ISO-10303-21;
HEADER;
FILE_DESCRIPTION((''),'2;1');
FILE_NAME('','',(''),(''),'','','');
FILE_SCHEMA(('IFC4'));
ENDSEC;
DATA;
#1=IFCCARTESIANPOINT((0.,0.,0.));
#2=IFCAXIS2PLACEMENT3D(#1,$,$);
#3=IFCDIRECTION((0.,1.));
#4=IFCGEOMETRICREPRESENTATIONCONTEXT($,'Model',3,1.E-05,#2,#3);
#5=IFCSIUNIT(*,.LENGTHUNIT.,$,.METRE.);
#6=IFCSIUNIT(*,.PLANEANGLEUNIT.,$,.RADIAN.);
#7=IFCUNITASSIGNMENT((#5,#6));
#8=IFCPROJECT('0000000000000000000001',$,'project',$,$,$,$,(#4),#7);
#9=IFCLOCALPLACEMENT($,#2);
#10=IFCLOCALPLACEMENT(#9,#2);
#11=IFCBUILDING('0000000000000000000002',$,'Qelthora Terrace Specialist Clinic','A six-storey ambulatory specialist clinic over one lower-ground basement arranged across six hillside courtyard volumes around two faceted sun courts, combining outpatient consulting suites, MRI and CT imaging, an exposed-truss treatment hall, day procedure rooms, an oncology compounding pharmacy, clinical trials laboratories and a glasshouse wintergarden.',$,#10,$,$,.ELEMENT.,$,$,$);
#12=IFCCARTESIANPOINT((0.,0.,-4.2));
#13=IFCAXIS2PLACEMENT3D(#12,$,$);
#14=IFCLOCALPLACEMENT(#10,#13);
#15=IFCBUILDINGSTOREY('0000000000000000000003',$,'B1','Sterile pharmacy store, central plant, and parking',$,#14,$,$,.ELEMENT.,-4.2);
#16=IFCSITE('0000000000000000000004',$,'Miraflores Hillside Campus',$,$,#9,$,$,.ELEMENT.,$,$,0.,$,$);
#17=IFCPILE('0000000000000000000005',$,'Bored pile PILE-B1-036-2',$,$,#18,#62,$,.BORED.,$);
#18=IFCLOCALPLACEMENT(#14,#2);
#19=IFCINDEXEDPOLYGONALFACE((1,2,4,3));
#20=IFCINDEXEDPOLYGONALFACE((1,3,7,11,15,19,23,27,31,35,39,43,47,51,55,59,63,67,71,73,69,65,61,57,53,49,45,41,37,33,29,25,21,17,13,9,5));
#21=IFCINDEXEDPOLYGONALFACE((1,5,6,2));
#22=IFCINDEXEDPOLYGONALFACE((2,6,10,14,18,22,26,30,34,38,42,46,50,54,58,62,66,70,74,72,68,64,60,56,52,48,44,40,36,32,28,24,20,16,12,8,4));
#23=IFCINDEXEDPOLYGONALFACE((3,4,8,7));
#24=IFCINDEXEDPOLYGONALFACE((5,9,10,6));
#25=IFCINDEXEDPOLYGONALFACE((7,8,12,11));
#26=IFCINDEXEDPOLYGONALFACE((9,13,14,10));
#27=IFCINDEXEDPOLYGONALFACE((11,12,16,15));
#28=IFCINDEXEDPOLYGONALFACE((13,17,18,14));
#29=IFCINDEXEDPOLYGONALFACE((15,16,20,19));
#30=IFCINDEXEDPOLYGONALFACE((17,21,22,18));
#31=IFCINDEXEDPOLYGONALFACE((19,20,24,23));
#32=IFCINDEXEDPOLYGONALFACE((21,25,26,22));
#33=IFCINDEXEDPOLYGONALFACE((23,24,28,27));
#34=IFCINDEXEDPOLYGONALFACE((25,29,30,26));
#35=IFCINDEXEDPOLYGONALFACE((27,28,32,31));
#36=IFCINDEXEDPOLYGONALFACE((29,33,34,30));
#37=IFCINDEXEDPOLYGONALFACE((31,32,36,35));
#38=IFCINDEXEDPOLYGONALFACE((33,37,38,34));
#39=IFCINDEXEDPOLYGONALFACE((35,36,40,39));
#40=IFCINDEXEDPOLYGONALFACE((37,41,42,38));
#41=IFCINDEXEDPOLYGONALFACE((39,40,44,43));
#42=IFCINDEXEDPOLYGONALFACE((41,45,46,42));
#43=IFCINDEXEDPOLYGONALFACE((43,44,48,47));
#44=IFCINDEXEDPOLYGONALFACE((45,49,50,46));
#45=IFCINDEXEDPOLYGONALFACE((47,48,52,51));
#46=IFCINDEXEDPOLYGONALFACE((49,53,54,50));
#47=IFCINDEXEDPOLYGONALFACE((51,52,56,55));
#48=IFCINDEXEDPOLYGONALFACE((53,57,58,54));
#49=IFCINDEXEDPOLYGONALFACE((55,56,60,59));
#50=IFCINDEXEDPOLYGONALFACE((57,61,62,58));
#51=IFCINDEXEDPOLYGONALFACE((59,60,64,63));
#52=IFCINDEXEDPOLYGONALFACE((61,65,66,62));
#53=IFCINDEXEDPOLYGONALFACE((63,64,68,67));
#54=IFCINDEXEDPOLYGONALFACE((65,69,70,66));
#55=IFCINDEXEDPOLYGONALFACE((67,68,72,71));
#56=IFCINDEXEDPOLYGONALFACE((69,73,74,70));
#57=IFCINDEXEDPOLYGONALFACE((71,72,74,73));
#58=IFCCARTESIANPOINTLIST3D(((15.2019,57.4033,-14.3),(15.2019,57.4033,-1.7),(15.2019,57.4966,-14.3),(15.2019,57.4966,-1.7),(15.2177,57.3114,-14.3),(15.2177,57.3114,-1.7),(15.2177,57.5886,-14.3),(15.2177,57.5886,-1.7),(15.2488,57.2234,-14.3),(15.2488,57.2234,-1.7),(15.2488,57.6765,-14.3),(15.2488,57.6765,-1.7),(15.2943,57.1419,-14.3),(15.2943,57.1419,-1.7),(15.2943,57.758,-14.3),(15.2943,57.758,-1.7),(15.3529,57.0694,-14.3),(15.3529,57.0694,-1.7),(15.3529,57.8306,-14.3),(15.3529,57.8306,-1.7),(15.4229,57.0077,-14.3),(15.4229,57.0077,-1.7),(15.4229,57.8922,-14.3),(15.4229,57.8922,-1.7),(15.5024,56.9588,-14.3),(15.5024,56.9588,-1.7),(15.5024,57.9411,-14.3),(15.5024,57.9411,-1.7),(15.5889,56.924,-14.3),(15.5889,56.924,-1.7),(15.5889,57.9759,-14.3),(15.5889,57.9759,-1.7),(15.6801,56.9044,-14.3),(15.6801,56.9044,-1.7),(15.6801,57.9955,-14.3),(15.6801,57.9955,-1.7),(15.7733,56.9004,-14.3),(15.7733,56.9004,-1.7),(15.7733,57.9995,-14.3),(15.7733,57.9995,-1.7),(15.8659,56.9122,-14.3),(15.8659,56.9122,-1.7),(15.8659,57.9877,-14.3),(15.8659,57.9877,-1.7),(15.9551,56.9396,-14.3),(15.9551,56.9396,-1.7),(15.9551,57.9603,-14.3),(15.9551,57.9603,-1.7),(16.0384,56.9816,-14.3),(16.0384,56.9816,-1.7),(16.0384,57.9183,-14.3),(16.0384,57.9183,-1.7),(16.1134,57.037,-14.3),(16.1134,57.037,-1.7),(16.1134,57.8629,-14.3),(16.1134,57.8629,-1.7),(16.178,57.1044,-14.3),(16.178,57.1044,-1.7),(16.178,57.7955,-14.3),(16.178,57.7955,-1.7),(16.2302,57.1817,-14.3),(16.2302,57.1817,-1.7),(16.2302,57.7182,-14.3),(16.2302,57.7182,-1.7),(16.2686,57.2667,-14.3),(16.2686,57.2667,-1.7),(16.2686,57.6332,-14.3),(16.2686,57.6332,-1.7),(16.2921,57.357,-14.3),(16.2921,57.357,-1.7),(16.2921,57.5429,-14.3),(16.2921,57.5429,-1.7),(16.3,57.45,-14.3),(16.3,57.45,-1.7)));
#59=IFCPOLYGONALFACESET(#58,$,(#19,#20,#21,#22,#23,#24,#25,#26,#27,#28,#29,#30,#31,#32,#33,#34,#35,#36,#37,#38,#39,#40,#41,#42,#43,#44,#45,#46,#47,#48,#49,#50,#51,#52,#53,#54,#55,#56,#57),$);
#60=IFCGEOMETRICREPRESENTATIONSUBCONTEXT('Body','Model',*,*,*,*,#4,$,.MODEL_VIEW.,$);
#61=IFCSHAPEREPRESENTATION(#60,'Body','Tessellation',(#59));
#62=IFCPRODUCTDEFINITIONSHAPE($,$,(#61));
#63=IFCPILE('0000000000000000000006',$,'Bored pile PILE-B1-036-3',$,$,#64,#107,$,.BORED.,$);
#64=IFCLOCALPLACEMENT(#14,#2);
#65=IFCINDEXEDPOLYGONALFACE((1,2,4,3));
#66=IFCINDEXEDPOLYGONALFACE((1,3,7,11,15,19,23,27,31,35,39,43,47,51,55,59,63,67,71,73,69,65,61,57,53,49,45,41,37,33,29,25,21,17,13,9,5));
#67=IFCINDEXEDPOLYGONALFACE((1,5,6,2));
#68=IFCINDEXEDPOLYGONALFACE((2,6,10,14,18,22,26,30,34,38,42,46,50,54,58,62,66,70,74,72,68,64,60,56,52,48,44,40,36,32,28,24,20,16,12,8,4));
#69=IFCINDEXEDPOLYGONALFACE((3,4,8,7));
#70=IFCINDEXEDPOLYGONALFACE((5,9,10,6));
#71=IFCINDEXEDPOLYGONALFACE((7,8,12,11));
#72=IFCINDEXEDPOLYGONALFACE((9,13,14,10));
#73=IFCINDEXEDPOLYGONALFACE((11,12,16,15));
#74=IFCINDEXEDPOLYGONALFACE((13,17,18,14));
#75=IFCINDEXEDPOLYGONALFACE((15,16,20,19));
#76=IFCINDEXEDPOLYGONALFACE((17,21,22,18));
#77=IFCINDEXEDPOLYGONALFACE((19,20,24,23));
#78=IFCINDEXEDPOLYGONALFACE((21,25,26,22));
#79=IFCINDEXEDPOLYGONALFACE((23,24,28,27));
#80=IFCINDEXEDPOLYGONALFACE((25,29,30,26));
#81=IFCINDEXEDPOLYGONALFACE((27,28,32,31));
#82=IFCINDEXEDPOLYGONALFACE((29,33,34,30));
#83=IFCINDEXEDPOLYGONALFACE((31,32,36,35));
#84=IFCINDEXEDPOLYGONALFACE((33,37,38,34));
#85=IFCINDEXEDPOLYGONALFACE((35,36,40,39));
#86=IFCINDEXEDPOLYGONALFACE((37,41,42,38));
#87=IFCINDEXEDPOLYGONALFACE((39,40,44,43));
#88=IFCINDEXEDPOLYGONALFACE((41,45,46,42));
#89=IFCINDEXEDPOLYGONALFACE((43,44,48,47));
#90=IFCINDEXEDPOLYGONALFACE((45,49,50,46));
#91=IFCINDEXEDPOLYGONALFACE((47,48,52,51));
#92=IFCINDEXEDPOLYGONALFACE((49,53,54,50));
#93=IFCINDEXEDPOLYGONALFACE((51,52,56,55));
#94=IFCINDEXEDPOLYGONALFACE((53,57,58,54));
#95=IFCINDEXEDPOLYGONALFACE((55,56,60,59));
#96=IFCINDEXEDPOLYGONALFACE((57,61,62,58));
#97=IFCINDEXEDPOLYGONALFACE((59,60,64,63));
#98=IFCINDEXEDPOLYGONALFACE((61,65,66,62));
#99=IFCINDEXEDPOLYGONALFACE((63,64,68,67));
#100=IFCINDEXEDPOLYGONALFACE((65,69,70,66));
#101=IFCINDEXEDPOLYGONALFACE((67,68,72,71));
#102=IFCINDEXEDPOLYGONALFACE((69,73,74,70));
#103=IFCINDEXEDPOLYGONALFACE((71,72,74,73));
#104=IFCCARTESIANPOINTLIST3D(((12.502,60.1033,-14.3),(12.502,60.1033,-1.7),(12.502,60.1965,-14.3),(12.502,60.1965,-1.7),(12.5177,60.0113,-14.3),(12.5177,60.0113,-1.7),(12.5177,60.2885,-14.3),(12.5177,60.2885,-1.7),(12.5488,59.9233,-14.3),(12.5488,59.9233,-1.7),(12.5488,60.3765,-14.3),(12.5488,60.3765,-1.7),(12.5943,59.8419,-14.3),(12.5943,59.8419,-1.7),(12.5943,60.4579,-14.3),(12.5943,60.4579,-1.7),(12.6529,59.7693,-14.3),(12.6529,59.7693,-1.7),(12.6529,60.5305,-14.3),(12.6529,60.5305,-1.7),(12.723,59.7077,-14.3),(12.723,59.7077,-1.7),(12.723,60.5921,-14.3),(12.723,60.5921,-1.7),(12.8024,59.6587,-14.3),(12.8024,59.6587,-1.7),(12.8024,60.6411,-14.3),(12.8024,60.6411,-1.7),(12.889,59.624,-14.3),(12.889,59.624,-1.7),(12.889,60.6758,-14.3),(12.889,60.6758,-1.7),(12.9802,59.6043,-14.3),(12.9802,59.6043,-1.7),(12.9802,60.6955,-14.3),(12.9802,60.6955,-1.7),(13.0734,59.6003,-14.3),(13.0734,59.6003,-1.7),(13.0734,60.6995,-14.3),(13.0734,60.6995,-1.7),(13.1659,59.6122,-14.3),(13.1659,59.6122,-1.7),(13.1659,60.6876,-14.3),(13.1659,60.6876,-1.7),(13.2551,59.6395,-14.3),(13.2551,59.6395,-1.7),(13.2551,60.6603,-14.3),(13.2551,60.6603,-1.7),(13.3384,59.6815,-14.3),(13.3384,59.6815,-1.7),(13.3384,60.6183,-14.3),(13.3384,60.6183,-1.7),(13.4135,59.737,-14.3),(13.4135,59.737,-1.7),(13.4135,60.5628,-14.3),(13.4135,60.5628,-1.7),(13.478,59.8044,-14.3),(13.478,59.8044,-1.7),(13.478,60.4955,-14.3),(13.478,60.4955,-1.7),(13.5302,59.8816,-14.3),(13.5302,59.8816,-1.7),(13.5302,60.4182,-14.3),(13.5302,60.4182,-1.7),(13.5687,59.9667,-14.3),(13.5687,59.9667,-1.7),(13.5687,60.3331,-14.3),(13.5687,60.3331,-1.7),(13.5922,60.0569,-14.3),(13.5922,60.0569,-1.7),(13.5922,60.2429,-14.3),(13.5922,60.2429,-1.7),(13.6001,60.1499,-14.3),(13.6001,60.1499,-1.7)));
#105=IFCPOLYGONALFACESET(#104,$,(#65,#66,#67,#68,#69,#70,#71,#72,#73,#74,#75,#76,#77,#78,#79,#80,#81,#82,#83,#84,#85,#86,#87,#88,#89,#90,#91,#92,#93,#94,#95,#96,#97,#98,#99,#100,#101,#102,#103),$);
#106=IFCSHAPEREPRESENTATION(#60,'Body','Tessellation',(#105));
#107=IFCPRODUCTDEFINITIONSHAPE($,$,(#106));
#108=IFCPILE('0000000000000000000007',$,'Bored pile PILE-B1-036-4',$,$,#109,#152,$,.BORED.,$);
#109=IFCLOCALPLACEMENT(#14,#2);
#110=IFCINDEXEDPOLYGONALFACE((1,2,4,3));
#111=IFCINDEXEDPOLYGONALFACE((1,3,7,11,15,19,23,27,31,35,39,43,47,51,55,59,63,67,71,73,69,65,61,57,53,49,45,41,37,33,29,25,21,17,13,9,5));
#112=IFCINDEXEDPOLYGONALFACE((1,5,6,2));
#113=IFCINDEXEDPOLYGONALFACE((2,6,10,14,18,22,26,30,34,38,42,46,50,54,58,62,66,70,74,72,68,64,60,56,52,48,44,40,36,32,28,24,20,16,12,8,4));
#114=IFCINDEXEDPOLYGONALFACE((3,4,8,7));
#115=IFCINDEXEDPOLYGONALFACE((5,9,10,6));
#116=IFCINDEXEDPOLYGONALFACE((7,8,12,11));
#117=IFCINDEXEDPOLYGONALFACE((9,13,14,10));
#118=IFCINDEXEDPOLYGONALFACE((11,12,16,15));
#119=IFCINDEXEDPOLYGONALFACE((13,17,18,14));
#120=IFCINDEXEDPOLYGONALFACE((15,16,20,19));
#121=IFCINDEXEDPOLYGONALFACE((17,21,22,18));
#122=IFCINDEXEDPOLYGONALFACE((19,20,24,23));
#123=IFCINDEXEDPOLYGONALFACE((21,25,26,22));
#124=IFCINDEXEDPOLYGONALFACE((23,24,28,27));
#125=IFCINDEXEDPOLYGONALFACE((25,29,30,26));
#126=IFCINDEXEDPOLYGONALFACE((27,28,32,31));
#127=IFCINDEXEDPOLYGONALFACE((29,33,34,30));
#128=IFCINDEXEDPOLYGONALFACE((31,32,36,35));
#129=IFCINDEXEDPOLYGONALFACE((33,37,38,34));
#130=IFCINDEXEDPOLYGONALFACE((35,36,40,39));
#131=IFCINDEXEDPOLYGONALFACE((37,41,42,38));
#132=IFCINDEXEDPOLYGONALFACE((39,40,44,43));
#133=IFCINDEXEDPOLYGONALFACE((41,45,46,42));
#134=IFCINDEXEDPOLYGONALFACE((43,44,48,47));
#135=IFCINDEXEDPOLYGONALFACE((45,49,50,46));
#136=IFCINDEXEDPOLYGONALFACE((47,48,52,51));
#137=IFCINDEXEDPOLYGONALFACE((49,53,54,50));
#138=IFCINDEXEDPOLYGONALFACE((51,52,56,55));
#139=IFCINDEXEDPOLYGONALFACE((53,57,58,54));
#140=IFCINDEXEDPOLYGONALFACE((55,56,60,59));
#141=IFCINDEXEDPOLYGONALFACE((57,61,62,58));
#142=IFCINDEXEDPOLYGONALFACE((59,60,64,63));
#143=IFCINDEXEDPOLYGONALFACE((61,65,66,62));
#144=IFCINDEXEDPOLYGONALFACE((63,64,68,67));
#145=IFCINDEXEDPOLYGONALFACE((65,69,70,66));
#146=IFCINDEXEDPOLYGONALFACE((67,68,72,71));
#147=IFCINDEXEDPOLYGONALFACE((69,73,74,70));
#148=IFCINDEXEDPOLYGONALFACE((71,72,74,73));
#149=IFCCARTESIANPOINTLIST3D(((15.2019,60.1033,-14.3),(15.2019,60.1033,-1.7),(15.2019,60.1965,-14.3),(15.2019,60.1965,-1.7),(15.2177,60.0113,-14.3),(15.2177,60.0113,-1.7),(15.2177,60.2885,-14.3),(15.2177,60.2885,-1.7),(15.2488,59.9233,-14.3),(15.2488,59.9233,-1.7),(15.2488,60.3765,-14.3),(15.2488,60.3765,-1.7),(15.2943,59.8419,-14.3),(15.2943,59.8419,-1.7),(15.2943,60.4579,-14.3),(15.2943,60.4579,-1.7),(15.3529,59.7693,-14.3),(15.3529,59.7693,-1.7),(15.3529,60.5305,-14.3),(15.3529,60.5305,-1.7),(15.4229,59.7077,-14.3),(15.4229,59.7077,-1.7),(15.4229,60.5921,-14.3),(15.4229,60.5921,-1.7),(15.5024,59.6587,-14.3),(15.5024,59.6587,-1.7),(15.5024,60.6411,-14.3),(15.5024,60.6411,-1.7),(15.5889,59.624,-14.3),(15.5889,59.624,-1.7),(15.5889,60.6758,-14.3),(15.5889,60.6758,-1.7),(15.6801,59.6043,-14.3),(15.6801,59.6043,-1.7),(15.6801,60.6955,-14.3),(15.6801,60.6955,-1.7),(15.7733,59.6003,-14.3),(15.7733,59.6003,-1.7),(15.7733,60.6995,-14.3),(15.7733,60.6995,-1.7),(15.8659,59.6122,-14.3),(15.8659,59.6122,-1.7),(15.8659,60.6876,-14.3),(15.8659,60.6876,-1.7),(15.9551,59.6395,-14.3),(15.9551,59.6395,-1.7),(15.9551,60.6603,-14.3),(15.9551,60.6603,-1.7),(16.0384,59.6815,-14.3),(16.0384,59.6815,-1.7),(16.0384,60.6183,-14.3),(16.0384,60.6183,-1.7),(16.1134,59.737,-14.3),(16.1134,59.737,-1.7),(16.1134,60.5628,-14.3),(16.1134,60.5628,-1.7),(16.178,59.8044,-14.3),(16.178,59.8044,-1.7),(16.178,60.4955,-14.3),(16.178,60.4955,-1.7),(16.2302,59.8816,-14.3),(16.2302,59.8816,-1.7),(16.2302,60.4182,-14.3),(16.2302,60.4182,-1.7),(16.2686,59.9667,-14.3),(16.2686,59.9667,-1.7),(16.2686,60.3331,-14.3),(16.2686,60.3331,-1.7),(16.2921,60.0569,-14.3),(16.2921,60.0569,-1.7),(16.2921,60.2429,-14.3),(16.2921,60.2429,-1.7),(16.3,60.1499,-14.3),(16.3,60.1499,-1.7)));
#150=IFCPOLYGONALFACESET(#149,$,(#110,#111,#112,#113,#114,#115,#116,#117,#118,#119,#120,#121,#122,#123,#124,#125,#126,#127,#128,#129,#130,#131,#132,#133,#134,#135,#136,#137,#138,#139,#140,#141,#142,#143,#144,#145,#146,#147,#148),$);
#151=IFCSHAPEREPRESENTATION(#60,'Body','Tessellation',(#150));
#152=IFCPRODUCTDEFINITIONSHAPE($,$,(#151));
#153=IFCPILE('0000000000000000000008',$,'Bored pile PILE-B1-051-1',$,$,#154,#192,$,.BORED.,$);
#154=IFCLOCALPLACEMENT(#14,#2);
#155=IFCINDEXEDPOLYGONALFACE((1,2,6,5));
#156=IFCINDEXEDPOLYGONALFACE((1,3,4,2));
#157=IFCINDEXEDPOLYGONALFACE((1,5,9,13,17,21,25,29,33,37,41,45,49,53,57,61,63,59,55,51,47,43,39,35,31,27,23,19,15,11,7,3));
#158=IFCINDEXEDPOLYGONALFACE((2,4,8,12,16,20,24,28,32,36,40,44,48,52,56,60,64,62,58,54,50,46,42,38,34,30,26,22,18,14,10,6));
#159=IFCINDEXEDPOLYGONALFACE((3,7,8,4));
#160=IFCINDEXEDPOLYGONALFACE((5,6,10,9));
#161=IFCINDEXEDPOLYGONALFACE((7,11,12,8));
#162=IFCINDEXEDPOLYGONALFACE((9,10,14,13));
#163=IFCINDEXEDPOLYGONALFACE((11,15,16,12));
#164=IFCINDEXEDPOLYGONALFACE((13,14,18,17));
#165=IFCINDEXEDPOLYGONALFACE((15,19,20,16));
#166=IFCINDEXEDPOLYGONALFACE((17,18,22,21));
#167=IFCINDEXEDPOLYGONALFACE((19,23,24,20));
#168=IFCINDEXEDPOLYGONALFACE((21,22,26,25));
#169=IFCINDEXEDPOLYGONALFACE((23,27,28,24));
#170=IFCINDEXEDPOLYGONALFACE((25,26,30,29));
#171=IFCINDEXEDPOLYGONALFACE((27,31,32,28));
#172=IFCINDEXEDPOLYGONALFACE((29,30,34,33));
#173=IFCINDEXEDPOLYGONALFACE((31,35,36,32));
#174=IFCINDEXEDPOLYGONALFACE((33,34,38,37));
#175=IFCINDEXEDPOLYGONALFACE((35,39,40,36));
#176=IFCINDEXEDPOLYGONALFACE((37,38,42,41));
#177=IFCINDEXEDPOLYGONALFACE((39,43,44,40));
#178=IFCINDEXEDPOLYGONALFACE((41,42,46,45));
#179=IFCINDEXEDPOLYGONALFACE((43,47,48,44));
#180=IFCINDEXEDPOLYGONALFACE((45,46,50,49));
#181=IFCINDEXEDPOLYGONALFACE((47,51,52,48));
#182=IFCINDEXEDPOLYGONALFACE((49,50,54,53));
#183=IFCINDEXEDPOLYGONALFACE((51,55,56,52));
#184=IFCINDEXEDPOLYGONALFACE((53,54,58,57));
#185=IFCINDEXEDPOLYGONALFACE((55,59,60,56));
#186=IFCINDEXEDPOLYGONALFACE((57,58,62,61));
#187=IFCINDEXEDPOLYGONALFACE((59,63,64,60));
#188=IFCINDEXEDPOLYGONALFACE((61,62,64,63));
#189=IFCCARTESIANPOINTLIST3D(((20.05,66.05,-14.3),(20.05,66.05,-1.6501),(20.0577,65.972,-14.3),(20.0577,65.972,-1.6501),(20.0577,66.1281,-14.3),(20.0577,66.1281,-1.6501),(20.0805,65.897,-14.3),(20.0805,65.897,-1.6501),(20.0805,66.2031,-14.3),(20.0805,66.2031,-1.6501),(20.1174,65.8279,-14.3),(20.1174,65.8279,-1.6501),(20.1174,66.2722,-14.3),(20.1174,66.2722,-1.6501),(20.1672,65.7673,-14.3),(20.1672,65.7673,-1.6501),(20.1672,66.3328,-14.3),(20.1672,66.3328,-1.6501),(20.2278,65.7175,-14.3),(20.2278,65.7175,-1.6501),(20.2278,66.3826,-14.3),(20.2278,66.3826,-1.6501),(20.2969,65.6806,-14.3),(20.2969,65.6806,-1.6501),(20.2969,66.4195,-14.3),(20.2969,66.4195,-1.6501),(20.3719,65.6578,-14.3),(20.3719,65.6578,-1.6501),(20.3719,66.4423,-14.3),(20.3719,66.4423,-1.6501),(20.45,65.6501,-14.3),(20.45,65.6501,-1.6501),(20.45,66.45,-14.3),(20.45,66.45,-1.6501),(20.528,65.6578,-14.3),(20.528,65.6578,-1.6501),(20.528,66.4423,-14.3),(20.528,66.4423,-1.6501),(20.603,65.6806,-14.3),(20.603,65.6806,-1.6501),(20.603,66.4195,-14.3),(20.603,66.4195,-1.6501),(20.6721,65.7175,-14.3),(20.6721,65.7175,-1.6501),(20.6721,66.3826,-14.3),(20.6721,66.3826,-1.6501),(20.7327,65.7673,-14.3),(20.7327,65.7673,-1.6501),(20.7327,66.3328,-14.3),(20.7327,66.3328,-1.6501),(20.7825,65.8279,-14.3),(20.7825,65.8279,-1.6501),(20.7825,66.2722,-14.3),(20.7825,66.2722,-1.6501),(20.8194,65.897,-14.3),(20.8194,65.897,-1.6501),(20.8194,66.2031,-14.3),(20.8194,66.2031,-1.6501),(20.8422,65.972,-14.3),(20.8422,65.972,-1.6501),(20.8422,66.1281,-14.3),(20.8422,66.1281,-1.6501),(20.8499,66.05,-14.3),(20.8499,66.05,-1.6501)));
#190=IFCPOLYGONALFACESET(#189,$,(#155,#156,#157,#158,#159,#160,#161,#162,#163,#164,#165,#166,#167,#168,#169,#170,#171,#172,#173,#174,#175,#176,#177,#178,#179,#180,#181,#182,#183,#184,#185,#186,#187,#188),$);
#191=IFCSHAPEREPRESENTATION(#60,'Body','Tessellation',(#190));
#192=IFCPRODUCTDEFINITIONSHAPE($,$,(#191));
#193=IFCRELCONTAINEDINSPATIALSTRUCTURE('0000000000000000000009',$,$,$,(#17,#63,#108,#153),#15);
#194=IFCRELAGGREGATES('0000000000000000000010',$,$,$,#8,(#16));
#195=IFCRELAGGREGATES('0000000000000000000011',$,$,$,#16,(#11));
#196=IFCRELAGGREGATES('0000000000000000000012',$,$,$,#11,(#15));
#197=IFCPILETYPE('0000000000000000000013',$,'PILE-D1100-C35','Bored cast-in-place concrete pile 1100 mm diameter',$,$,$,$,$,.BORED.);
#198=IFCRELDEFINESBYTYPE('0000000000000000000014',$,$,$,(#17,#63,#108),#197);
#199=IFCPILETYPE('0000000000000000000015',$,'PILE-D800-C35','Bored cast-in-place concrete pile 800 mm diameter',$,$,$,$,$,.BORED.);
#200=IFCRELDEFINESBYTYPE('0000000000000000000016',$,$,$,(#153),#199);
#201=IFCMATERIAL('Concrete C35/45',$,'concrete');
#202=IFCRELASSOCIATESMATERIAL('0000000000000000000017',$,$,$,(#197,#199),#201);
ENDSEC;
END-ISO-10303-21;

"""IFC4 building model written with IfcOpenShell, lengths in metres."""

from ifc_helpers import new_model, si_unit, direction, frame, origin, origin_2d, place, context, subcontext, project, spatial, circle, extrude, material, material_profile, profile_set, type_object, element, save


model = new_model("IFC4")

# Units and contexts
model_context = context("Model", 3, precision=1e-05, world=origin(), true_north=direction((0.0, 1.0)))
body_context = subcontext(model_context, "Body", "Model", "MODEL_VIEW")
ifc_project = project(units=[si_unit("LENGTHUNIT", "METRE"), si_unit("PLANEANGLEUNIT", "RADIAN")], contexts=[model_context])

# Site, building, storey
site_placement = place(None, origin())
site = spatial("IfcSite", under=ifc_project, at=site_placement, Name="Miraflores Hillside Campus", CompositionType="ELEMENT", RefElevation=0.0)
building_placement = place(site_placement, origin())
building = spatial("IfcBuilding", under=site, at=building_placement, Name="Qelthora Terrace Specialist Clinic", Description="A six-storey ambulatory specialist clinic over one lower-ground basement arranged across six hillside courtyard volumes around two faceted sun courts, combining outpatient consulting suites, MRI and CT imaging, an exposed-truss treatment hall, day procedure rooms, an oncology compounding pharmacy, clinical trials laboratories and a glasshouse wintergarden.", CompositionType="ELEMENT")
storey_placement = place(building_placement, frame((0.0, 0.0, -4.2)))
storey = spatial("IfcBuildingStorey", under=building, at=storey_placement, Name="B1", Description="Sterile pharmacy store, central plant, and parking", CompositionType="ELEMENT", Elevation=-4.2)

# Shared definitions
ifc_material_1 = material(Name="Concrete C35/45", Category="concrete")

# Piles
ifc_material_profile_1 = material_profile(ifc_material_1, circle(Radius=0.55, at=origin_2d()), Name="PILE1100")
ifc_profile_set_1 = profile_set([ifc_material_profile_1], Name="Concrete C35/45")
pile_type_1 = type_object("IfcPileType", Name="PILE-D1100-C35", Description="Bored cast-in-place concrete pile 1100 mm diameter", PredefinedType="BORED", material=ifc_profile_set_1)
for number, where, z_axis, x_axis, name in (
    (1, (15.75, 57.45, -1.7), (0.0, 0.0, -1.0), (1.0, 0.0, 0.0), "Bored pile PILE-B1-036-2"),
    (2, (13.05, 60.1499, -1.7), (0.0, 0.0, -1.0), (1.0, 0.0, 0.0), "Bored pile PILE-B1-036-3"),
    (3, (15.75, 60.1499, -1.7), (0.0, 0.0, -1.0), (1.0, 0.0, 0.0), "Bored pile PILE-B1-036-4"),
):
    element("IfcPile", number, at=place(storey_placement, frame(where, z_axis=z_axis, x_axis=x_axis)), inside=storey, type_object=pile_type_1, Name=name, PredefinedType="BORED", context=body_context, shape_type="SweptSolid", body=[
        extrude(circle(Radius=0.55, at=origin_2d()), origin(), (0.0, 0.0, 1.0), 12.6001),
    ])
ifc_material_profile_2 = material_profile(ifc_material_1, circle(Radius=0.3999, at=origin_2d()), Name="PILE800")
ifc_profile_set_2 = profile_set([ifc_material_profile_2], Name="Concrete C35/45")
pile_type_2 = type_object("IfcPileType", Name="PILE-D800-C35", Description="Bored cast-in-place concrete pile 800 mm diameter", PredefinedType="BORED", material=ifc_profile_set_2)
pile_placement = place(storey_placement, frame((20.45, 66.05, -1.6501), z_axis=(0.0, 0.0, -1.0), x_axis=(1.0, 0.0, 0.0)))
element("IfcPile", 4, at=pile_placement, inside=storey, type_object=pile_type_2, Name="Bored pile PILE-B1-051-1", PredefinedType="BORED", context=body_context, shape_type="SweptSolid", body=[
    extrude(circle(Radius=0.3999, at=origin_2d()), origin(), (0.0, 0.0, 1.0), 12.6499),
])

save(model, "model.ifc")
